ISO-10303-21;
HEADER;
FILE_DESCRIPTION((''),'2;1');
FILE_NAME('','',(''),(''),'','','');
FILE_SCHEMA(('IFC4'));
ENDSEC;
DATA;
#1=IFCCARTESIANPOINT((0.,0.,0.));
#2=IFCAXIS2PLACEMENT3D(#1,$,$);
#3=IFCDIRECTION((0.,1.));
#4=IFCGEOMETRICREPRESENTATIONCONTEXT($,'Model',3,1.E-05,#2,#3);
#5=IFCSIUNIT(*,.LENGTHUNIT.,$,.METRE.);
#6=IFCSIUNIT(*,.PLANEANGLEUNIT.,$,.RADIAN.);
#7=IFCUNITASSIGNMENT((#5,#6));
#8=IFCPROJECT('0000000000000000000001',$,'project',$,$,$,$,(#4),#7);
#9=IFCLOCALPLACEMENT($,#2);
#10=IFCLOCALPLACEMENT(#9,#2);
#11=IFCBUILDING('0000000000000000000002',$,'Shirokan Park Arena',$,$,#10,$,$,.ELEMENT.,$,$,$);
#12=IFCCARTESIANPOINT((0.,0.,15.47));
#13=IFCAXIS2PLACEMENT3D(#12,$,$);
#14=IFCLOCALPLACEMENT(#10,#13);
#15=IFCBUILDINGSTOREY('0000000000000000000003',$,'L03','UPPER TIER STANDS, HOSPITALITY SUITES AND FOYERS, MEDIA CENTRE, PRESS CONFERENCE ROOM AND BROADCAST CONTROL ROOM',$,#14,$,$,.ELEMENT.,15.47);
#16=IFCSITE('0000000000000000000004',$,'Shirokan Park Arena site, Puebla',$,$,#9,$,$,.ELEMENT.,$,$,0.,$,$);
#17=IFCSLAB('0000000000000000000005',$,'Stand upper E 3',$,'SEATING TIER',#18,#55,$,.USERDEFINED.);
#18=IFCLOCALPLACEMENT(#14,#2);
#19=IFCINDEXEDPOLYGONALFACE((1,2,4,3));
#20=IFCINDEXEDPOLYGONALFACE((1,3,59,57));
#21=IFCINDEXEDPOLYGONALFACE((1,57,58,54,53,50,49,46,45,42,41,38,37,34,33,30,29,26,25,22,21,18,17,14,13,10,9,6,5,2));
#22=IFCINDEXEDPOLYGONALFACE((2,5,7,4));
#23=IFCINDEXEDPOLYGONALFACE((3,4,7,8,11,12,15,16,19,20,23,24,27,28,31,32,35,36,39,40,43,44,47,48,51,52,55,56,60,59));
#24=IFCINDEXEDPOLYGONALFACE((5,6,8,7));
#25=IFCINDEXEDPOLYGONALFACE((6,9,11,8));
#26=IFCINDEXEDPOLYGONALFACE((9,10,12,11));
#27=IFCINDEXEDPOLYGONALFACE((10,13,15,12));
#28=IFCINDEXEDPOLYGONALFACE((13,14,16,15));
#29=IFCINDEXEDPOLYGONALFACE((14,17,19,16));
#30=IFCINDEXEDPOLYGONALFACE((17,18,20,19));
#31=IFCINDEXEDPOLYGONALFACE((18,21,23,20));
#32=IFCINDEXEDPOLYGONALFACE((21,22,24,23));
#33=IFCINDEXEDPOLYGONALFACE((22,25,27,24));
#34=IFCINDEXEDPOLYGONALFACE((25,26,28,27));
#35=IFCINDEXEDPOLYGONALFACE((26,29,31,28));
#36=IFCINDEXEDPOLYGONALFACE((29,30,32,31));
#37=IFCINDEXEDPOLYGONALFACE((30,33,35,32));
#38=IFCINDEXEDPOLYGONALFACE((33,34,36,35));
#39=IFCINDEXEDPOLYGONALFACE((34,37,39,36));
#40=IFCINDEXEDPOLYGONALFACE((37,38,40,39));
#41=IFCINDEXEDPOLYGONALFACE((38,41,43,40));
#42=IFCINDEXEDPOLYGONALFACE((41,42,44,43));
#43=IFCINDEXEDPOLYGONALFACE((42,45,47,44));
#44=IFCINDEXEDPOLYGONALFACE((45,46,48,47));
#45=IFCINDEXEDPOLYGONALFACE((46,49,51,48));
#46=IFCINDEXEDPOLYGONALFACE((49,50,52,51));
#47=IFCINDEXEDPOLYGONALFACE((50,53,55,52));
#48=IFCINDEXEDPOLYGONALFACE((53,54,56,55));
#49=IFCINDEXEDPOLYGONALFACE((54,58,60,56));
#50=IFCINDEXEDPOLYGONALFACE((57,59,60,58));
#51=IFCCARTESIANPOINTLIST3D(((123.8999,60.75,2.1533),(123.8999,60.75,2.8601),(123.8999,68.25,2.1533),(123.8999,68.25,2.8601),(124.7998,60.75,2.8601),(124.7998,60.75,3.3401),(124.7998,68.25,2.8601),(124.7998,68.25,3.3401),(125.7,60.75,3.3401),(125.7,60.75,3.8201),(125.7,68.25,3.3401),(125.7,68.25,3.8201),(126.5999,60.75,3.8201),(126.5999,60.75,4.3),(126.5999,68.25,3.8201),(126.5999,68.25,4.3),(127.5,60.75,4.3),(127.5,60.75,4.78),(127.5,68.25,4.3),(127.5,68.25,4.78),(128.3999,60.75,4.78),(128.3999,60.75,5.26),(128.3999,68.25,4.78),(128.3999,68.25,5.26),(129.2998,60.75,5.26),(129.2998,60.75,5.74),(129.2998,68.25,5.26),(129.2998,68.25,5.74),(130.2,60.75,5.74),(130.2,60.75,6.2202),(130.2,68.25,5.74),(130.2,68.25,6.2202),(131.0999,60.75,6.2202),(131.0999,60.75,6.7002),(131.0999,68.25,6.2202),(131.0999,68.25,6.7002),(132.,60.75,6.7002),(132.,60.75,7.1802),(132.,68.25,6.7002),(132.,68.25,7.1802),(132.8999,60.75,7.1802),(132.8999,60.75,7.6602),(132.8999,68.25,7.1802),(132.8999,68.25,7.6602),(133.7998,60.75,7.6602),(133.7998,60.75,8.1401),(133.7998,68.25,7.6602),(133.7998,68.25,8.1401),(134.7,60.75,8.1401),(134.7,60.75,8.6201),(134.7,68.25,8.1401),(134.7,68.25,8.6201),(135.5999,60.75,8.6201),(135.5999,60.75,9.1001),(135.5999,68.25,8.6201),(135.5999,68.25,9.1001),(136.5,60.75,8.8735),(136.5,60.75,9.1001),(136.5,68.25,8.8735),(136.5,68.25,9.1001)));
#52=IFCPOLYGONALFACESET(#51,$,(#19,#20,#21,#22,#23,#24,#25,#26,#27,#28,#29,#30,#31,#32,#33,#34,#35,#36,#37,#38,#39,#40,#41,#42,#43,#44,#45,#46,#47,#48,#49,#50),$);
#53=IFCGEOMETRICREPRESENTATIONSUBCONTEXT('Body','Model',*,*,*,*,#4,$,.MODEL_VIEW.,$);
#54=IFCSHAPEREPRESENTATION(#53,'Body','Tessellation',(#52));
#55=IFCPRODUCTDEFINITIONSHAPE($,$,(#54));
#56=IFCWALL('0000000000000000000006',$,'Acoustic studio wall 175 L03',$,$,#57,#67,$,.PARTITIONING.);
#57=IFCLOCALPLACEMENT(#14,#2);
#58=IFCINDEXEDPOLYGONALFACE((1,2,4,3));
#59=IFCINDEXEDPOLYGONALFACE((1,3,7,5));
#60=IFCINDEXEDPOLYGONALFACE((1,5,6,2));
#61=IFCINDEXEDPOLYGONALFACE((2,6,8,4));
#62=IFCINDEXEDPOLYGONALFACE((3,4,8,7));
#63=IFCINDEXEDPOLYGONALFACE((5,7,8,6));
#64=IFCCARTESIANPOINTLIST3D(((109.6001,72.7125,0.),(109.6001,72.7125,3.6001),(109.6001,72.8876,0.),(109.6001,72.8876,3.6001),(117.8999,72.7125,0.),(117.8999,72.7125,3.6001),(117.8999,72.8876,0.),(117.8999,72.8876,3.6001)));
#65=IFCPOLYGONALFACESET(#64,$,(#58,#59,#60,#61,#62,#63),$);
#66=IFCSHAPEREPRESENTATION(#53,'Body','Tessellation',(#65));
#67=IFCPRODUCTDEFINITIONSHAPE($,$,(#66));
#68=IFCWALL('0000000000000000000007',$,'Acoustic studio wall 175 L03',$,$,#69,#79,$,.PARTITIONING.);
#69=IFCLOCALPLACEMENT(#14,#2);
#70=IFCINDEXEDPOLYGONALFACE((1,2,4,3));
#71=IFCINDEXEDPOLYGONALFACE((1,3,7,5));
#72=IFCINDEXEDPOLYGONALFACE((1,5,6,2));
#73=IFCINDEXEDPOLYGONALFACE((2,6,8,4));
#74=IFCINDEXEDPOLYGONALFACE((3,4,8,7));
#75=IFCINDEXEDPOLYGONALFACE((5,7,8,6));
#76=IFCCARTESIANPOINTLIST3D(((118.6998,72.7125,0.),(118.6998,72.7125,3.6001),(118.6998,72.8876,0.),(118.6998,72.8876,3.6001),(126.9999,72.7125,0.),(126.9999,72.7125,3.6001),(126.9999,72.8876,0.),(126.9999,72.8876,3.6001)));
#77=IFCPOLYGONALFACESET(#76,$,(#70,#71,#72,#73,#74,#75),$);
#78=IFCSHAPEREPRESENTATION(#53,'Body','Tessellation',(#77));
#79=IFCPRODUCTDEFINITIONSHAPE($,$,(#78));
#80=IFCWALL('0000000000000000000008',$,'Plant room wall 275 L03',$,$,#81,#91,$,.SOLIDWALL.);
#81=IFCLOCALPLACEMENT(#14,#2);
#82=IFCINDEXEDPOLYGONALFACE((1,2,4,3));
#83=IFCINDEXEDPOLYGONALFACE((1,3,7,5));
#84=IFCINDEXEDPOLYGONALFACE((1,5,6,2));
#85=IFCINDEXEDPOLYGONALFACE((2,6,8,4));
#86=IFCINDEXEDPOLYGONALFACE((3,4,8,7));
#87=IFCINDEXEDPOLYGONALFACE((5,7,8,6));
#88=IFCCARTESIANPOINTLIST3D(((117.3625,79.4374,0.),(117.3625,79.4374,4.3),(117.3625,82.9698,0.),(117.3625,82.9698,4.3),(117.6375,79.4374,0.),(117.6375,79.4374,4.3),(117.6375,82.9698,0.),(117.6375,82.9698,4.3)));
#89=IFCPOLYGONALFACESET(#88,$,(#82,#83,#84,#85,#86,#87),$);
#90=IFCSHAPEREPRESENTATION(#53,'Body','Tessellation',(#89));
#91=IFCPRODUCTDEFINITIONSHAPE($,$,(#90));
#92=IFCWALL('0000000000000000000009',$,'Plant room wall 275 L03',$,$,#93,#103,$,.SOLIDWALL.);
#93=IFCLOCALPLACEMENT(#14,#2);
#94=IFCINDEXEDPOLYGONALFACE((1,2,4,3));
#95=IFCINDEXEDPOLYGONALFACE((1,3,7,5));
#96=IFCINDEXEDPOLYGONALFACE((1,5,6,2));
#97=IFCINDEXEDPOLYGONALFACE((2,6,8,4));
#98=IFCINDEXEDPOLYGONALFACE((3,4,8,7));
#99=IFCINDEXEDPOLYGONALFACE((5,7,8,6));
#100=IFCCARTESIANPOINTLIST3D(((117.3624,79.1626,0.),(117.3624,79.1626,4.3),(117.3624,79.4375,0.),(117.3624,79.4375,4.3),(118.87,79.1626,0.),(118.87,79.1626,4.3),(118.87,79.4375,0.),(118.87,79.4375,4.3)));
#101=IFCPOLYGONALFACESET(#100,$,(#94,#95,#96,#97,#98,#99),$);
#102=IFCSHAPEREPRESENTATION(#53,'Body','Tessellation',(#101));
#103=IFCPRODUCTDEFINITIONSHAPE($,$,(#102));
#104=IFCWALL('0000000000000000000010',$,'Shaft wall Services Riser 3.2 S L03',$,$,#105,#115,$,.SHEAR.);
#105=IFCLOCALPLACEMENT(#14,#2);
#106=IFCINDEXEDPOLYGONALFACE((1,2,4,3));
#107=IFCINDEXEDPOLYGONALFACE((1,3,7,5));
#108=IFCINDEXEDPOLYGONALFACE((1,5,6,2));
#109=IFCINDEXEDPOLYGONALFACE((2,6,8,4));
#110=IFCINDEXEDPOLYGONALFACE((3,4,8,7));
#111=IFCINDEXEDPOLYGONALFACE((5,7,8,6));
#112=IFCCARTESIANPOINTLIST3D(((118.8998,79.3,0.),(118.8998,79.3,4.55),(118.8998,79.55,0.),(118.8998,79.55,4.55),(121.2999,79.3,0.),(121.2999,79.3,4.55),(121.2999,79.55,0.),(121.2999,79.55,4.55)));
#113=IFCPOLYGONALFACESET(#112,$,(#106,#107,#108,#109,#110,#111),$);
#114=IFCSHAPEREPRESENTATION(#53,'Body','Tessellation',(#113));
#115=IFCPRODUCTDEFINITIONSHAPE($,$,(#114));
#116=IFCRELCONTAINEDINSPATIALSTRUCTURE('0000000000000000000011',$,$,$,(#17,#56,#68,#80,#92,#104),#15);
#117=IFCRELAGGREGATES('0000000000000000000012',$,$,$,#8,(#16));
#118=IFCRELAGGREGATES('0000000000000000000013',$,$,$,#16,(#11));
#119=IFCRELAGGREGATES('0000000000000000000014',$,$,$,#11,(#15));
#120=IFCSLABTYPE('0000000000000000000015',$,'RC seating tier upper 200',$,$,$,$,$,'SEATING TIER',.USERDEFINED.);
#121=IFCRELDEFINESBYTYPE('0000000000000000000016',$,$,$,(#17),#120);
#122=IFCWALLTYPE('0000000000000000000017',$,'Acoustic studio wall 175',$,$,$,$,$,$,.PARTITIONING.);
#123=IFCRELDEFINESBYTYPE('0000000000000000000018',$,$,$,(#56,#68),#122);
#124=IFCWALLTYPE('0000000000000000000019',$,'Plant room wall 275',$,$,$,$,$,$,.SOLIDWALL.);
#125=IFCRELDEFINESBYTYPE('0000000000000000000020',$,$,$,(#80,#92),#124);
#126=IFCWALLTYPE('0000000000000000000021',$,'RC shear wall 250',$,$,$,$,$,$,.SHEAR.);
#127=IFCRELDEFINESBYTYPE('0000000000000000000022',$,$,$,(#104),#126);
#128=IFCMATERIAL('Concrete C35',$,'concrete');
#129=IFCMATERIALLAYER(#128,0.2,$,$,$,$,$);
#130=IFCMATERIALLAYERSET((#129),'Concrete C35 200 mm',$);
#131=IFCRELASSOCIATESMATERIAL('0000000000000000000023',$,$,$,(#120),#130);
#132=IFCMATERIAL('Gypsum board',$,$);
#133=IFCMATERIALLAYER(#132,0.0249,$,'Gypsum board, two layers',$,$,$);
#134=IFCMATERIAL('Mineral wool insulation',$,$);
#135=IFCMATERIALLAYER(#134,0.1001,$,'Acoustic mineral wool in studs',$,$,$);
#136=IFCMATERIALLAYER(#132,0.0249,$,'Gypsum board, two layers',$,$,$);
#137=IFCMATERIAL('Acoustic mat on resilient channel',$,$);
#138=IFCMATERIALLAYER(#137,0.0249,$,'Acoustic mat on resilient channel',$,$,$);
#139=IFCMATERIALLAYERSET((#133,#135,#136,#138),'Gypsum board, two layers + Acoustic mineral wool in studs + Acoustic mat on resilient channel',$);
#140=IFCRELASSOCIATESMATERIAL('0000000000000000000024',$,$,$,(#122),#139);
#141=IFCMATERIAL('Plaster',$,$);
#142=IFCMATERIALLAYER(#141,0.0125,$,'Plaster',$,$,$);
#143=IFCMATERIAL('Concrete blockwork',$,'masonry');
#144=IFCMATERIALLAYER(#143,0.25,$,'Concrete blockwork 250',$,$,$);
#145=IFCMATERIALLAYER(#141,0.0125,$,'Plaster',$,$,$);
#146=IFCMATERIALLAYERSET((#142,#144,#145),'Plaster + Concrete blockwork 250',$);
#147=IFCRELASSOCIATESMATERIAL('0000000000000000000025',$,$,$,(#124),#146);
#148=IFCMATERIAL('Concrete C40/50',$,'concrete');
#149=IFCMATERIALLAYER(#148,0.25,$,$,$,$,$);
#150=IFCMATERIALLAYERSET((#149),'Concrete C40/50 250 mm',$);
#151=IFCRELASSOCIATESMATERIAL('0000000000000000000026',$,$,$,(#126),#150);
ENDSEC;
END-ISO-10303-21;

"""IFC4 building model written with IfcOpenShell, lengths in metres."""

from ifc_helpers import new_model, si_unit, direction, frame, frame_2d, origin, place, context, subcontext, project, spatial, polyline, rectangle, outline, extrude, material, layer, layer_set, type_object, element, save


model = new_model("IFC4")

# Units and contexts
model_context = context("Model", 3, precision=1e-05, world=origin(), true_north=direction((0.0, 1.0)))
body_context = subcontext(model_context, "Body", "Model", "MODEL_VIEW")
ifc_project = project(units=[si_unit("LENGTHUNIT", "METRE"), si_unit("PLANEANGLEUNIT", "RADIAN")], contexts=[model_context])

# Site, building, storey
site_placement = place(None, origin())
site = spatial("IfcSite", under=ifc_project, at=site_placement, Name="Shirokan Park Arena site, Puebla", CompositionType="ELEMENT", RefElevation=0.0)
building_placement = place(site_placement, origin())
building = spatial("IfcBuilding", under=site, at=building_placement, Name="Shirokan Park Arena", CompositionType="ELEMENT")
storey_placement = place(building_placement, frame((0.0, 0.0, 15.47)))
storey = spatial("IfcBuildingStorey", under=building, at=storey_placement, Name="L03", Description="UPPER TIER STANDS, HOSPITALITY SUITES AND FOYERS, MEDIA CENTRE, PRESS CONFERENCE ROOM AND BROADCAST CONTROL ROOM", CompositionType="ELEMENT", Elevation=15.47)

# Shared definitions
ifc_material_1 = material(Name="Concrete C35", Category="concrete")

# Slab
ifc_layer_1 = layer(ifc_material_1, 0.2)
ifc_layer_set_1 = layer_set([ifc_layer_1], Name="Concrete C35 200 mm")
slab_type = type_object("IfcSlabType", Name="RC seating tier upper 200", ElementType="SEATING TIER", PredefinedType="USERDEFINED", material=ifc_layer_set_1)
slab_placement = place(storey_placement, frame((123.8999, 64.5, 2.8601), z_axis=(0.0, 0.0, 1.0), x_axis=(1.0, 0.0, 0.0)))
element("IfcSlab", 1, at=slab_placement, inside=storey, type_object=slab_type, Name="Stand upper E 3", ObjectType="SEATING TIER", PredefinedType="USERDEFINED", context=body_context, shape_type="SweptSolid", body=[
    extrude(outline(polyline([(0.0, 0.0), (0.8999, 0.0), (0.8999, 0.48), (1.8, 0.48), (1.8, 0.96), (2.7, 0.96), (2.7, 1.4399), (3.6001, 1.4399), (3.6001, 1.9199), (4.5, 1.9199), (4.5, 2.3999), (5.3999, 2.3999), (5.3999, 2.8799), (6.3, 2.8799), (6.3, 3.3601), (7.2, 3.3601), (7.2, 3.8401), (8.1001, 3.8401), (8.1001, 4.3201), (9.0, 4.3201), (9.0, 4.8), (9.8999, 4.8), (9.8999, 5.28), (10.8, 5.28), (10.8, 5.76), (11.7, 5.76), (11.7, 6.24), (12.6001, 6.24), (12.6001, 6.0134), (0.0, -0.7068), (0.0, 0.0)])), frame((0.0, 3.75, 0.0), z_axis=(0.0, -1.0, 0.0), x_axis=(1.0, 0.0, 0.0)), (0.0, 0.0, 1.0), 7.5),
])

# Walls
ifc_material_2 = material(Name="Gypsum board")
ifc_layer_2 = layer(ifc_material_2, 0.0249, Name="Gypsum board, two layers")
ifc_material_3 = material(Name="Mineral wool insulation")
ifc_layer_3 = layer(ifc_material_3, 0.1001, Name="Acoustic mineral wool in studs")
ifc_layer_4 = layer(ifc_material_2, 0.0249, Name="Gypsum board, two layers")
ifc_material_4 = material(Name="Acoustic mat on resilient channel")
ifc_layer_5 = layer(ifc_material_4, 0.0249, Name="Acoustic mat on resilient channel")
ifc_layer_set_2 = layer_set([ifc_layer_2, ifc_layer_3, ifc_layer_4, ifc_layer_5], Name="Gypsum board, two layers + Acoustic mineral wool in studs + Acoustic mat on resilient channel")
wall_type_1 = type_object("IfcWallType", Name="Acoustic studio wall 175", PredefinedType="PARTITIONING", material=ifc_layer_set_2)
wall_1_placement = place(storey_placement, frame((109.6001, 72.8, 0.0), z_axis=(0.0, 0.0, 1.0), x_axis=(1.0, 0.0, 0.0)))
element("IfcWall", 2, at=wall_1_placement, inside=storey, type_object=wall_type_1, Name="Acoustic studio wall 175 L03", PredefinedType="PARTITIONING", context=body_context, shape_type="SweptSolid", body=[
    extrude(rectangle(XDim=8.2998, YDim=0.175, at=frame_2d((4.1499, 0.0))), origin(), (0.0, 0.0, 1.0), 3.6001),
])
wall_2_placement = place(storey_placement, frame((118.7, 72.8, 0.0), z_axis=(0.0, 0.0, 1.0), x_axis=(1.0, 0.0, 0.0)))
element("IfcWall", 3, at=wall_2_placement, inside=storey, type_object=wall_type_1, Name="Acoustic studio wall 175 L03", PredefinedType="PARTITIONING", context=body_context, shape_type="SweptSolid", body=[
    extrude(rectangle(XDim=8.3, YDim=0.175, at=frame_2d((4.1499, 0.0))), origin(), (0.0, 0.0, 1.0), 3.6001),
])
ifc_material_5 = material(Name="Plaster")
ifc_layer_6 = layer(ifc_material_5, 0.0125, Name="Plaster")
ifc_material_6 = material(Name="Concrete blockwork", Category="masonry")
ifc_layer_7 = layer(ifc_material_6, 0.25, Name="Concrete blockwork 250")
ifc_layer_8 = layer(ifc_material_5, 0.0125, Name="Plaster")
ifc_layer_set_3 = layer_set([ifc_layer_6, ifc_layer_7, ifc_layer_8], Name="Plaster + Concrete blockwork 250")
wall_type_2 = type_object("IfcWallType", Name="Plant room wall 275", PredefinedType="SOLIDWALL", material=ifc_layer_set_3)
wall_3_placement = place(storey_placement, frame((117.5, 79.4375, 0.0), z_axis=(0.0, 0.0, 1.0), x_axis=(0.0, 1.0, 0.0)))
element("IfcWall", 4, at=wall_3_placement, inside=storey, type_object=wall_type_2, Name="Plant room wall 275 L03", PredefinedType="SOLIDWALL", context=body_context, shape_type="SweptSolid", body=[
    extrude(rectangle(XDim=3.5325, YDim=0.2749, at=frame_2d((1.7661, 0.0))), origin(), (0.0, 0.0, 1.0), 4.3),
])
wall_4_placement = place(storey_placement, frame((118.8701, 79.3, 0.0), z_axis=(0.0, 0.0, 1.0), x_axis=(-1.0, 0.0, 0.0)))
element("IfcWall", 5, at=wall_4_placement, inside=storey, type_object=wall_type_2, Name="Plant room wall 275 L03", PredefinedType="SOLIDWALL", context=body_context, shape_type="SweptSolid", body=[
    extrude(rectangle(XDim=1.5076, YDim=0.2749, at=frame_2d((0.7539, 0.0))), origin(), (0.0, 0.0, 1.0), 4.3),
])
ifc_material_7 = material(Name="Concrete C40/50", Category="concrete")
ifc_layer_9 = layer(ifc_material_7, 0.25)
ifc_layer_set_4 = layer_set([ifc_layer_9], Name="Concrete C40/50 250 mm")
wall_type_3 = type_object("IfcWallType", Name="RC shear wall 250", PredefinedType="SHEAR", material=ifc_layer_set_4)
wall_5_placement = place(storey_placement, frame((121.3, 79.425, 0.0), z_axis=(0.0, 0.0, 1.0), x_axis=(-1.0, 0.0, 0.0)))
element("IfcWall", 6, at=wall_5_placement, inside=storey, type_object=wall_type_3, Name="Shaft wall Services Riser 3.2 S L03", PredefinedType="SHEAR", context=body_context, shape_type="SweptSolid", body=[
    extrude(rectangle(XDim=2.4001, YDim=0.25, at=frame_2d((1.2002, 0.0))), origin(), (0.0, 0.0, 1.0), 4.55),
])

save(model, "model.ifc")
